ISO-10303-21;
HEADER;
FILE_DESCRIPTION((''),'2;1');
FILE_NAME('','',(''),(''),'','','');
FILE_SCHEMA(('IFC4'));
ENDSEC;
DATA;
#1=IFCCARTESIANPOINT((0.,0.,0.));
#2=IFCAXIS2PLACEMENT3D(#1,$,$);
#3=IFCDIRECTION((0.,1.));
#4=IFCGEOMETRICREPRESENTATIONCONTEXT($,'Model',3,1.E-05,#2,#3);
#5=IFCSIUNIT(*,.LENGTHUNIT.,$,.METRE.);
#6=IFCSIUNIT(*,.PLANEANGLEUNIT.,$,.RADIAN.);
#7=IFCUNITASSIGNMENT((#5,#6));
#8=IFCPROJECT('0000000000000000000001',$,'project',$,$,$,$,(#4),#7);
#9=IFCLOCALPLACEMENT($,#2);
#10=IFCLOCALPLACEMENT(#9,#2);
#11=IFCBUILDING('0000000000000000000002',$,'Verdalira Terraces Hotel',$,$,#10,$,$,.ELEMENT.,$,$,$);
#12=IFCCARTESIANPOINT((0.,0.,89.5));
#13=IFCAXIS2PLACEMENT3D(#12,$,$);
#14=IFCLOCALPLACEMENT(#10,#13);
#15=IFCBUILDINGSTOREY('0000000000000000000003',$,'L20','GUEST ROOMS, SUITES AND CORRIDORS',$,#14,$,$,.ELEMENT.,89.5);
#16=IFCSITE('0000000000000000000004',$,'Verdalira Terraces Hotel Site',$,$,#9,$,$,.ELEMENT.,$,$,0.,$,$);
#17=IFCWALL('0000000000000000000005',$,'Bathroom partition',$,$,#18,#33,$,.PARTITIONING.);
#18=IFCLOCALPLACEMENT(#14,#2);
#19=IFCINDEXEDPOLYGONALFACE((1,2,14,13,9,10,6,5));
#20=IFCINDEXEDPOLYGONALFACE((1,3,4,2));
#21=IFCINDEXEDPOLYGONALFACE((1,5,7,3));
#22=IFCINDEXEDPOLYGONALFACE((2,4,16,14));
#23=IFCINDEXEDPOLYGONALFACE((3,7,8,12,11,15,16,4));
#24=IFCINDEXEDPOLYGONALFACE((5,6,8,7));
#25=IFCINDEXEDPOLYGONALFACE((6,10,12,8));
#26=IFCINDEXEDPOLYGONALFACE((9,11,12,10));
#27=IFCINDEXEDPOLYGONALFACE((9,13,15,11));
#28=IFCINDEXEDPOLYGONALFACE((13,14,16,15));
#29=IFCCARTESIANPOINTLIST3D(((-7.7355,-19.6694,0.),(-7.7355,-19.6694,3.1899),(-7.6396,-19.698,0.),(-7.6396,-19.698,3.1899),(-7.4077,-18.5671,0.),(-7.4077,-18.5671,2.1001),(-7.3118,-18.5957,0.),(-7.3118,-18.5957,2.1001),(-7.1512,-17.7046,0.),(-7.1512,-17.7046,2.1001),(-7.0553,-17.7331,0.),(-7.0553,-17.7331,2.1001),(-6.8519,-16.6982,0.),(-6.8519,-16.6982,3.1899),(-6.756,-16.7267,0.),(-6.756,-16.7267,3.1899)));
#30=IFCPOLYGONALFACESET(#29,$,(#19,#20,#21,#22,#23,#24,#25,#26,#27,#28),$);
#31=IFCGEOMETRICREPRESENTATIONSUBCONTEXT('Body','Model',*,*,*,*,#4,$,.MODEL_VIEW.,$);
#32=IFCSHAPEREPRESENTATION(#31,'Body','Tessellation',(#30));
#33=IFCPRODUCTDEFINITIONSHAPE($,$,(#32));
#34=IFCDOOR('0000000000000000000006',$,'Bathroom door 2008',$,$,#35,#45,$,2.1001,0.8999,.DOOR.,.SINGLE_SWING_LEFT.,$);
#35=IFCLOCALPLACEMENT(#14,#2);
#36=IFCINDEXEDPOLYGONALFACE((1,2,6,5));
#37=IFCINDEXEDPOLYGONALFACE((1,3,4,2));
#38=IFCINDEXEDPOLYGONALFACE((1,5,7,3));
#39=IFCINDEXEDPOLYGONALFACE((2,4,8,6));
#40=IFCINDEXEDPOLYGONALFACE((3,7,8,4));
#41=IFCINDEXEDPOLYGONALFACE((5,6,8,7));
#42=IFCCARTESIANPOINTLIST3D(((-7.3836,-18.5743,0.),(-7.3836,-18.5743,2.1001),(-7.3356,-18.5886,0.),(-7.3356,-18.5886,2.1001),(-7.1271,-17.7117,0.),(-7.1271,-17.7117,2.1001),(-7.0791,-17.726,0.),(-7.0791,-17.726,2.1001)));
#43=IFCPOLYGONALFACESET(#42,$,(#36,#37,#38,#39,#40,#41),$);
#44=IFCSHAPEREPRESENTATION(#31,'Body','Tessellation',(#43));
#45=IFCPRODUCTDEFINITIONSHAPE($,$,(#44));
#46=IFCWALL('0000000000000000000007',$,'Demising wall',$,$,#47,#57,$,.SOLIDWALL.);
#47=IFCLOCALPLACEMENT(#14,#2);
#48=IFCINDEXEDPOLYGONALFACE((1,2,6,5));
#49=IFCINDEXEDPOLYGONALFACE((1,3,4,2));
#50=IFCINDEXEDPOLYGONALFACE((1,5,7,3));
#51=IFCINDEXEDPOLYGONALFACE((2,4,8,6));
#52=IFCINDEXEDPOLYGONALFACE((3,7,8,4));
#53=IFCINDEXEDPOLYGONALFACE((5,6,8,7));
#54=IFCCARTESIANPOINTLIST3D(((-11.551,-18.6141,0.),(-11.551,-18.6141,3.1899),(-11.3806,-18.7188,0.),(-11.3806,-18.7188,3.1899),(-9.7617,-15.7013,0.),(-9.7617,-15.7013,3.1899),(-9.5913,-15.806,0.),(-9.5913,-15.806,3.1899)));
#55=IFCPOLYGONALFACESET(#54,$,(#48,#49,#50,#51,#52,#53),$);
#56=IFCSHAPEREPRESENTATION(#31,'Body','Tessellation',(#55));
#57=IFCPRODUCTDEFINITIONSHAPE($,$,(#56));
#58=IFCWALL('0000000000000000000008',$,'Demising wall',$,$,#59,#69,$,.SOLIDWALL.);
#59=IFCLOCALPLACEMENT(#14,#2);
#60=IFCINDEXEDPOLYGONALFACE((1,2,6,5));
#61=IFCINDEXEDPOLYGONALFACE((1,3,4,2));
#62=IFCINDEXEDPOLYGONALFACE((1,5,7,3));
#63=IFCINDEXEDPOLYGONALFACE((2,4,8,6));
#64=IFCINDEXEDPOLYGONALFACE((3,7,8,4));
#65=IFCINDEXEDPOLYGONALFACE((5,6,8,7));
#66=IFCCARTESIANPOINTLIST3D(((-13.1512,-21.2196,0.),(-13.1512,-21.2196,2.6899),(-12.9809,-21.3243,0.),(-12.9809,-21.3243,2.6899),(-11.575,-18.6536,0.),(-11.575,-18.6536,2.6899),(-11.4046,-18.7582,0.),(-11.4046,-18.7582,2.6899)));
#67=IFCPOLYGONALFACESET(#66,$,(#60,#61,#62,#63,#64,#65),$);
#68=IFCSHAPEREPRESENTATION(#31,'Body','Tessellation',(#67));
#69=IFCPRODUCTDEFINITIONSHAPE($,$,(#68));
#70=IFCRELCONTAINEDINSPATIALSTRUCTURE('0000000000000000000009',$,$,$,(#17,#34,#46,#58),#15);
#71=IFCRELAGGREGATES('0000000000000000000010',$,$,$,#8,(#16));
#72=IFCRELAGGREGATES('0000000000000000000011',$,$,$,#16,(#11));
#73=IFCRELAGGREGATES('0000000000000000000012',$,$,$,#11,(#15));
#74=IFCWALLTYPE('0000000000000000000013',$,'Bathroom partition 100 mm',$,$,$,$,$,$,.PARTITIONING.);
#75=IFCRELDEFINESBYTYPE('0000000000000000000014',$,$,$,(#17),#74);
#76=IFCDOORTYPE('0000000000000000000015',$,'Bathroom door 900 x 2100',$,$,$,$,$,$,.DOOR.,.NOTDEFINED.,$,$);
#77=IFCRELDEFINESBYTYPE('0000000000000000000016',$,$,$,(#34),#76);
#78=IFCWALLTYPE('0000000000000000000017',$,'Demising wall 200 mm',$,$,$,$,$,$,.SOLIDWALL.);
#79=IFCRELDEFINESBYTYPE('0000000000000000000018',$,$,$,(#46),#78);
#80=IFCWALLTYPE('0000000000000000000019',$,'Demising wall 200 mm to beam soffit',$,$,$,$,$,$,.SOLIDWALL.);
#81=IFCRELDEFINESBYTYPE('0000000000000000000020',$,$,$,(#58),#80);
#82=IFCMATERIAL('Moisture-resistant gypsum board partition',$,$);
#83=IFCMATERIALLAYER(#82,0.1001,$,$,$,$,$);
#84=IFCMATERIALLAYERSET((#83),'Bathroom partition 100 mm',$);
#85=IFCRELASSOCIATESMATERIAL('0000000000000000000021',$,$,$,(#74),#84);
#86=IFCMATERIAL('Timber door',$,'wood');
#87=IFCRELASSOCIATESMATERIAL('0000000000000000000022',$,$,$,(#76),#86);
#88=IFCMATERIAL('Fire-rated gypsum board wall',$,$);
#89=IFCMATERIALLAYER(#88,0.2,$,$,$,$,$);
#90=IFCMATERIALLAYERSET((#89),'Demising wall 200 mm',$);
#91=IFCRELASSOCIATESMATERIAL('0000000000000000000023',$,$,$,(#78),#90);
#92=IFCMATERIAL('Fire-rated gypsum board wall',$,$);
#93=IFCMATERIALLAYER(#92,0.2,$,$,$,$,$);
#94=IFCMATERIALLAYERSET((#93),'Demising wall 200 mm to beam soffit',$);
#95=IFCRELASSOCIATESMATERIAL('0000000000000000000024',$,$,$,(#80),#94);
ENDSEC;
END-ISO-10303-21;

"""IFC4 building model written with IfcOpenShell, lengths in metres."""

from ifc_helpers import new_model, si_unit, direction, frame, frame_2d, origin, place, context, subcontext, project, spatial, rectangle, extrude, material, layer, layer_set, type_object, element, fill, save


model = new_model("IFC4")

# Units and contexts
model_context = context("Model", 3, precision=1e-05, world=origin(), true_north=direction((0.0, 1.0)))
body_context = subcontext(model_context, "Body", "Model", "MODEL_VIEW")
ifc_project = project(units=[si_unit("LENGTHUNIT", "METRE"), si_unit("PLANEANGLEUNIT", "RADIAN")], contexts=[model_context])

# Site, building, storey
site_placement = place(None, origin())
site = spatial("IfcSite", under=ifc_project, at=site_placement, Name="Verdalira Terraces Hotel Site", CompositionType="ELEMENT", RefElevation=0.0)
building_placement = place(site_placement, origin())
building = spatial("IfcBuilding", under=site, at=building_placement, Name="Verdalira Terraces Hotel", CompositionType="ELEMENT")
storey_placement = place(building_placement, frame((0.0, 0.0, 89.5)))
storey = spatial("IfcBuildingStorey", under=building, at=storey_placement, Name="L20", Description="GUEST ROOMS, SUITES AND CORRIDORS", CompositionType="ELEMENT", Elevation=89.5)

# Shared definitions
ifc_material_1 = material(Name="Moisture-resistant gypsum board partition")
ifc_layer_1 = layer(ifc_material_1, 0.1001)
ifc_layer_set_1 = layer_set([ifc_layer_1], Name="Bathroom partition 100 mm")
wall_type_1 = type_object("IfcWallType", Name="Bathroom partition 100 mm", PredefinedType="PARTITIONING", material=ifc_layer_set_1)
ifc_material_2 = material(Name="Timber door", Category="wood")
door_type = type_object("IfcDoorType", Name="Bathroom door 900 x 2100", OperationType="NOTDEFINED", PredefinedType="DOOR", material=ifc_material_2)

# Wall, opening, door
wall_1_placement = place(storey_placement, frame((-7.6875, -19.6836, 0.0), z_axis=(0.0, 0.0, 1.0), x_axis=(0.285035, 0.958517, 0.0)))
wall_1 = element("IfcWall", 1, at=wall_1_placement, inside=storey, type_object=wall_type_1, Name="Bathroom partition", PredefinedType="PARTITIONING", context=body_context, shape_type="SweptSolid", body=[
    extrude(rectangle(XDim=3.0999, YDim=0.1001, at=frame_2d((1.5498, 0.0))), origin(), (0.0, 0.0, 1.0), 3.1899),
])
opening_1_placement = place(wall_1_placement, frame((1.1499, 0.0, 0.0)))
opening_1 = element("IfcOpeningElement", 2, at=opening_1_placement, cuts=wall_1, PredefinedType="OPENING", context=body_context, shape_type="SweptSolid", body=[
    extrude(rectangle(XDim=0.8999, YDim=2.1001, at=frame_2d((0.45, 1.05))), frame((0.0, 0.0601, 0.0), z_axis=(0.0, -1.0, 0.0), x_axis=(1.0, 0.0, 0.0)), (0.0, 0.0, 1.0), 0.1201),
])
door_1_placement = place(opening_1_placement, origin())
door_1 = element("IfcDoor", 3, at=door_1_placement, inside=storey, type_object=door_type, Name="Bathroom door 2008", OperationType="SINGLE_SWING_LEFT", OverallHeight=2.1001, OverallWidth=0.8999, PredefinedType="DOOR", context=body_context, shape_type="SweptSolid", body=[
    extrude(rectangle(XDim=0.8999, YDim=2.1001, at=frame_2d((0.45, 1.05))), frame((0.0, 0.0249, 0.0), z_axis=(0.0, -1.0, 0.0), x_axis=(1.0, 0.0, 0.0)), (0.0, 0.0, 1.0), 0.05),
])
fill(opening_1, door_1)

# Walls
ifc_material_3 = material(Name="Fire-rated gypsum board wall")
ifc_layer_2 = layer(ifc_material_3, 0.2)
ifc_layer_set_2 = layer_set([ifc_layer_2], Name="Demising wall 200 mm")
wall_type_2 = type_object("IfcWallType", Name="Demising wall 200 mm", PredefinedType="SOLIDWALL", material=ifc_layer_set_2)
wall_2_placement = place(storey_placement, frame((-9.6765, -15.7537, 0.0), z_axis=(0.0, 0.0, 1.0), x_axis=(-0.523416, -0.852077, 0.0)))
element("IfcWall", 4, at=wall_2_placement, inside=storey, type_object=wall_type_2, Name="Demising wall", PredefinedType="SOLIDWALL", context=body_context, shape_type="SweptSolid", body=[
    extrude(rectangle(XDim=3.4185, YDim=0.2, at=frame_2d((1.7092, 0.0))), origin(), (0.0, 0.0, 1.0), 3.1899),
])
ifc_material_4 = material(Name="Fire-rated gypsum board wall")
ifc_layer_3 = layer(ifc_material_4, 0.2)
ifc_layer_set_3 = layer_set([ifc_layer_3], Name="Demising wall 200 mm to beam soffit")
wall_type_3 = type_object("IfcWallType", Name="Demising wall 200 mm to beam soffit", PredefinedType="SOLIDWALL", material=ifc_layer_set_3)
wall_3_placement = place(storey_placement, frame((-11.4897, -18.7058, 0.0), z_axis=(0.0, 0.0, 1.0), x_axis=(-0.52341, -0.852081, 0.0)))
element("IfcWall", 5, at=wall_3_placement, inside=storey, type_object=wall_type_3, Name="Demising wall", PredefinedType="SOLIDWALL", context=body_context, shape_type="SweptSolid", body=[
    extrude(rectangle(XDim=3.0115, YDim=0.2, at=frame_2d((1.5059, 0.0))), origin(), (0.0, 0.0, 1.0), 2.6899),
])

save(model, "model.ifc")
